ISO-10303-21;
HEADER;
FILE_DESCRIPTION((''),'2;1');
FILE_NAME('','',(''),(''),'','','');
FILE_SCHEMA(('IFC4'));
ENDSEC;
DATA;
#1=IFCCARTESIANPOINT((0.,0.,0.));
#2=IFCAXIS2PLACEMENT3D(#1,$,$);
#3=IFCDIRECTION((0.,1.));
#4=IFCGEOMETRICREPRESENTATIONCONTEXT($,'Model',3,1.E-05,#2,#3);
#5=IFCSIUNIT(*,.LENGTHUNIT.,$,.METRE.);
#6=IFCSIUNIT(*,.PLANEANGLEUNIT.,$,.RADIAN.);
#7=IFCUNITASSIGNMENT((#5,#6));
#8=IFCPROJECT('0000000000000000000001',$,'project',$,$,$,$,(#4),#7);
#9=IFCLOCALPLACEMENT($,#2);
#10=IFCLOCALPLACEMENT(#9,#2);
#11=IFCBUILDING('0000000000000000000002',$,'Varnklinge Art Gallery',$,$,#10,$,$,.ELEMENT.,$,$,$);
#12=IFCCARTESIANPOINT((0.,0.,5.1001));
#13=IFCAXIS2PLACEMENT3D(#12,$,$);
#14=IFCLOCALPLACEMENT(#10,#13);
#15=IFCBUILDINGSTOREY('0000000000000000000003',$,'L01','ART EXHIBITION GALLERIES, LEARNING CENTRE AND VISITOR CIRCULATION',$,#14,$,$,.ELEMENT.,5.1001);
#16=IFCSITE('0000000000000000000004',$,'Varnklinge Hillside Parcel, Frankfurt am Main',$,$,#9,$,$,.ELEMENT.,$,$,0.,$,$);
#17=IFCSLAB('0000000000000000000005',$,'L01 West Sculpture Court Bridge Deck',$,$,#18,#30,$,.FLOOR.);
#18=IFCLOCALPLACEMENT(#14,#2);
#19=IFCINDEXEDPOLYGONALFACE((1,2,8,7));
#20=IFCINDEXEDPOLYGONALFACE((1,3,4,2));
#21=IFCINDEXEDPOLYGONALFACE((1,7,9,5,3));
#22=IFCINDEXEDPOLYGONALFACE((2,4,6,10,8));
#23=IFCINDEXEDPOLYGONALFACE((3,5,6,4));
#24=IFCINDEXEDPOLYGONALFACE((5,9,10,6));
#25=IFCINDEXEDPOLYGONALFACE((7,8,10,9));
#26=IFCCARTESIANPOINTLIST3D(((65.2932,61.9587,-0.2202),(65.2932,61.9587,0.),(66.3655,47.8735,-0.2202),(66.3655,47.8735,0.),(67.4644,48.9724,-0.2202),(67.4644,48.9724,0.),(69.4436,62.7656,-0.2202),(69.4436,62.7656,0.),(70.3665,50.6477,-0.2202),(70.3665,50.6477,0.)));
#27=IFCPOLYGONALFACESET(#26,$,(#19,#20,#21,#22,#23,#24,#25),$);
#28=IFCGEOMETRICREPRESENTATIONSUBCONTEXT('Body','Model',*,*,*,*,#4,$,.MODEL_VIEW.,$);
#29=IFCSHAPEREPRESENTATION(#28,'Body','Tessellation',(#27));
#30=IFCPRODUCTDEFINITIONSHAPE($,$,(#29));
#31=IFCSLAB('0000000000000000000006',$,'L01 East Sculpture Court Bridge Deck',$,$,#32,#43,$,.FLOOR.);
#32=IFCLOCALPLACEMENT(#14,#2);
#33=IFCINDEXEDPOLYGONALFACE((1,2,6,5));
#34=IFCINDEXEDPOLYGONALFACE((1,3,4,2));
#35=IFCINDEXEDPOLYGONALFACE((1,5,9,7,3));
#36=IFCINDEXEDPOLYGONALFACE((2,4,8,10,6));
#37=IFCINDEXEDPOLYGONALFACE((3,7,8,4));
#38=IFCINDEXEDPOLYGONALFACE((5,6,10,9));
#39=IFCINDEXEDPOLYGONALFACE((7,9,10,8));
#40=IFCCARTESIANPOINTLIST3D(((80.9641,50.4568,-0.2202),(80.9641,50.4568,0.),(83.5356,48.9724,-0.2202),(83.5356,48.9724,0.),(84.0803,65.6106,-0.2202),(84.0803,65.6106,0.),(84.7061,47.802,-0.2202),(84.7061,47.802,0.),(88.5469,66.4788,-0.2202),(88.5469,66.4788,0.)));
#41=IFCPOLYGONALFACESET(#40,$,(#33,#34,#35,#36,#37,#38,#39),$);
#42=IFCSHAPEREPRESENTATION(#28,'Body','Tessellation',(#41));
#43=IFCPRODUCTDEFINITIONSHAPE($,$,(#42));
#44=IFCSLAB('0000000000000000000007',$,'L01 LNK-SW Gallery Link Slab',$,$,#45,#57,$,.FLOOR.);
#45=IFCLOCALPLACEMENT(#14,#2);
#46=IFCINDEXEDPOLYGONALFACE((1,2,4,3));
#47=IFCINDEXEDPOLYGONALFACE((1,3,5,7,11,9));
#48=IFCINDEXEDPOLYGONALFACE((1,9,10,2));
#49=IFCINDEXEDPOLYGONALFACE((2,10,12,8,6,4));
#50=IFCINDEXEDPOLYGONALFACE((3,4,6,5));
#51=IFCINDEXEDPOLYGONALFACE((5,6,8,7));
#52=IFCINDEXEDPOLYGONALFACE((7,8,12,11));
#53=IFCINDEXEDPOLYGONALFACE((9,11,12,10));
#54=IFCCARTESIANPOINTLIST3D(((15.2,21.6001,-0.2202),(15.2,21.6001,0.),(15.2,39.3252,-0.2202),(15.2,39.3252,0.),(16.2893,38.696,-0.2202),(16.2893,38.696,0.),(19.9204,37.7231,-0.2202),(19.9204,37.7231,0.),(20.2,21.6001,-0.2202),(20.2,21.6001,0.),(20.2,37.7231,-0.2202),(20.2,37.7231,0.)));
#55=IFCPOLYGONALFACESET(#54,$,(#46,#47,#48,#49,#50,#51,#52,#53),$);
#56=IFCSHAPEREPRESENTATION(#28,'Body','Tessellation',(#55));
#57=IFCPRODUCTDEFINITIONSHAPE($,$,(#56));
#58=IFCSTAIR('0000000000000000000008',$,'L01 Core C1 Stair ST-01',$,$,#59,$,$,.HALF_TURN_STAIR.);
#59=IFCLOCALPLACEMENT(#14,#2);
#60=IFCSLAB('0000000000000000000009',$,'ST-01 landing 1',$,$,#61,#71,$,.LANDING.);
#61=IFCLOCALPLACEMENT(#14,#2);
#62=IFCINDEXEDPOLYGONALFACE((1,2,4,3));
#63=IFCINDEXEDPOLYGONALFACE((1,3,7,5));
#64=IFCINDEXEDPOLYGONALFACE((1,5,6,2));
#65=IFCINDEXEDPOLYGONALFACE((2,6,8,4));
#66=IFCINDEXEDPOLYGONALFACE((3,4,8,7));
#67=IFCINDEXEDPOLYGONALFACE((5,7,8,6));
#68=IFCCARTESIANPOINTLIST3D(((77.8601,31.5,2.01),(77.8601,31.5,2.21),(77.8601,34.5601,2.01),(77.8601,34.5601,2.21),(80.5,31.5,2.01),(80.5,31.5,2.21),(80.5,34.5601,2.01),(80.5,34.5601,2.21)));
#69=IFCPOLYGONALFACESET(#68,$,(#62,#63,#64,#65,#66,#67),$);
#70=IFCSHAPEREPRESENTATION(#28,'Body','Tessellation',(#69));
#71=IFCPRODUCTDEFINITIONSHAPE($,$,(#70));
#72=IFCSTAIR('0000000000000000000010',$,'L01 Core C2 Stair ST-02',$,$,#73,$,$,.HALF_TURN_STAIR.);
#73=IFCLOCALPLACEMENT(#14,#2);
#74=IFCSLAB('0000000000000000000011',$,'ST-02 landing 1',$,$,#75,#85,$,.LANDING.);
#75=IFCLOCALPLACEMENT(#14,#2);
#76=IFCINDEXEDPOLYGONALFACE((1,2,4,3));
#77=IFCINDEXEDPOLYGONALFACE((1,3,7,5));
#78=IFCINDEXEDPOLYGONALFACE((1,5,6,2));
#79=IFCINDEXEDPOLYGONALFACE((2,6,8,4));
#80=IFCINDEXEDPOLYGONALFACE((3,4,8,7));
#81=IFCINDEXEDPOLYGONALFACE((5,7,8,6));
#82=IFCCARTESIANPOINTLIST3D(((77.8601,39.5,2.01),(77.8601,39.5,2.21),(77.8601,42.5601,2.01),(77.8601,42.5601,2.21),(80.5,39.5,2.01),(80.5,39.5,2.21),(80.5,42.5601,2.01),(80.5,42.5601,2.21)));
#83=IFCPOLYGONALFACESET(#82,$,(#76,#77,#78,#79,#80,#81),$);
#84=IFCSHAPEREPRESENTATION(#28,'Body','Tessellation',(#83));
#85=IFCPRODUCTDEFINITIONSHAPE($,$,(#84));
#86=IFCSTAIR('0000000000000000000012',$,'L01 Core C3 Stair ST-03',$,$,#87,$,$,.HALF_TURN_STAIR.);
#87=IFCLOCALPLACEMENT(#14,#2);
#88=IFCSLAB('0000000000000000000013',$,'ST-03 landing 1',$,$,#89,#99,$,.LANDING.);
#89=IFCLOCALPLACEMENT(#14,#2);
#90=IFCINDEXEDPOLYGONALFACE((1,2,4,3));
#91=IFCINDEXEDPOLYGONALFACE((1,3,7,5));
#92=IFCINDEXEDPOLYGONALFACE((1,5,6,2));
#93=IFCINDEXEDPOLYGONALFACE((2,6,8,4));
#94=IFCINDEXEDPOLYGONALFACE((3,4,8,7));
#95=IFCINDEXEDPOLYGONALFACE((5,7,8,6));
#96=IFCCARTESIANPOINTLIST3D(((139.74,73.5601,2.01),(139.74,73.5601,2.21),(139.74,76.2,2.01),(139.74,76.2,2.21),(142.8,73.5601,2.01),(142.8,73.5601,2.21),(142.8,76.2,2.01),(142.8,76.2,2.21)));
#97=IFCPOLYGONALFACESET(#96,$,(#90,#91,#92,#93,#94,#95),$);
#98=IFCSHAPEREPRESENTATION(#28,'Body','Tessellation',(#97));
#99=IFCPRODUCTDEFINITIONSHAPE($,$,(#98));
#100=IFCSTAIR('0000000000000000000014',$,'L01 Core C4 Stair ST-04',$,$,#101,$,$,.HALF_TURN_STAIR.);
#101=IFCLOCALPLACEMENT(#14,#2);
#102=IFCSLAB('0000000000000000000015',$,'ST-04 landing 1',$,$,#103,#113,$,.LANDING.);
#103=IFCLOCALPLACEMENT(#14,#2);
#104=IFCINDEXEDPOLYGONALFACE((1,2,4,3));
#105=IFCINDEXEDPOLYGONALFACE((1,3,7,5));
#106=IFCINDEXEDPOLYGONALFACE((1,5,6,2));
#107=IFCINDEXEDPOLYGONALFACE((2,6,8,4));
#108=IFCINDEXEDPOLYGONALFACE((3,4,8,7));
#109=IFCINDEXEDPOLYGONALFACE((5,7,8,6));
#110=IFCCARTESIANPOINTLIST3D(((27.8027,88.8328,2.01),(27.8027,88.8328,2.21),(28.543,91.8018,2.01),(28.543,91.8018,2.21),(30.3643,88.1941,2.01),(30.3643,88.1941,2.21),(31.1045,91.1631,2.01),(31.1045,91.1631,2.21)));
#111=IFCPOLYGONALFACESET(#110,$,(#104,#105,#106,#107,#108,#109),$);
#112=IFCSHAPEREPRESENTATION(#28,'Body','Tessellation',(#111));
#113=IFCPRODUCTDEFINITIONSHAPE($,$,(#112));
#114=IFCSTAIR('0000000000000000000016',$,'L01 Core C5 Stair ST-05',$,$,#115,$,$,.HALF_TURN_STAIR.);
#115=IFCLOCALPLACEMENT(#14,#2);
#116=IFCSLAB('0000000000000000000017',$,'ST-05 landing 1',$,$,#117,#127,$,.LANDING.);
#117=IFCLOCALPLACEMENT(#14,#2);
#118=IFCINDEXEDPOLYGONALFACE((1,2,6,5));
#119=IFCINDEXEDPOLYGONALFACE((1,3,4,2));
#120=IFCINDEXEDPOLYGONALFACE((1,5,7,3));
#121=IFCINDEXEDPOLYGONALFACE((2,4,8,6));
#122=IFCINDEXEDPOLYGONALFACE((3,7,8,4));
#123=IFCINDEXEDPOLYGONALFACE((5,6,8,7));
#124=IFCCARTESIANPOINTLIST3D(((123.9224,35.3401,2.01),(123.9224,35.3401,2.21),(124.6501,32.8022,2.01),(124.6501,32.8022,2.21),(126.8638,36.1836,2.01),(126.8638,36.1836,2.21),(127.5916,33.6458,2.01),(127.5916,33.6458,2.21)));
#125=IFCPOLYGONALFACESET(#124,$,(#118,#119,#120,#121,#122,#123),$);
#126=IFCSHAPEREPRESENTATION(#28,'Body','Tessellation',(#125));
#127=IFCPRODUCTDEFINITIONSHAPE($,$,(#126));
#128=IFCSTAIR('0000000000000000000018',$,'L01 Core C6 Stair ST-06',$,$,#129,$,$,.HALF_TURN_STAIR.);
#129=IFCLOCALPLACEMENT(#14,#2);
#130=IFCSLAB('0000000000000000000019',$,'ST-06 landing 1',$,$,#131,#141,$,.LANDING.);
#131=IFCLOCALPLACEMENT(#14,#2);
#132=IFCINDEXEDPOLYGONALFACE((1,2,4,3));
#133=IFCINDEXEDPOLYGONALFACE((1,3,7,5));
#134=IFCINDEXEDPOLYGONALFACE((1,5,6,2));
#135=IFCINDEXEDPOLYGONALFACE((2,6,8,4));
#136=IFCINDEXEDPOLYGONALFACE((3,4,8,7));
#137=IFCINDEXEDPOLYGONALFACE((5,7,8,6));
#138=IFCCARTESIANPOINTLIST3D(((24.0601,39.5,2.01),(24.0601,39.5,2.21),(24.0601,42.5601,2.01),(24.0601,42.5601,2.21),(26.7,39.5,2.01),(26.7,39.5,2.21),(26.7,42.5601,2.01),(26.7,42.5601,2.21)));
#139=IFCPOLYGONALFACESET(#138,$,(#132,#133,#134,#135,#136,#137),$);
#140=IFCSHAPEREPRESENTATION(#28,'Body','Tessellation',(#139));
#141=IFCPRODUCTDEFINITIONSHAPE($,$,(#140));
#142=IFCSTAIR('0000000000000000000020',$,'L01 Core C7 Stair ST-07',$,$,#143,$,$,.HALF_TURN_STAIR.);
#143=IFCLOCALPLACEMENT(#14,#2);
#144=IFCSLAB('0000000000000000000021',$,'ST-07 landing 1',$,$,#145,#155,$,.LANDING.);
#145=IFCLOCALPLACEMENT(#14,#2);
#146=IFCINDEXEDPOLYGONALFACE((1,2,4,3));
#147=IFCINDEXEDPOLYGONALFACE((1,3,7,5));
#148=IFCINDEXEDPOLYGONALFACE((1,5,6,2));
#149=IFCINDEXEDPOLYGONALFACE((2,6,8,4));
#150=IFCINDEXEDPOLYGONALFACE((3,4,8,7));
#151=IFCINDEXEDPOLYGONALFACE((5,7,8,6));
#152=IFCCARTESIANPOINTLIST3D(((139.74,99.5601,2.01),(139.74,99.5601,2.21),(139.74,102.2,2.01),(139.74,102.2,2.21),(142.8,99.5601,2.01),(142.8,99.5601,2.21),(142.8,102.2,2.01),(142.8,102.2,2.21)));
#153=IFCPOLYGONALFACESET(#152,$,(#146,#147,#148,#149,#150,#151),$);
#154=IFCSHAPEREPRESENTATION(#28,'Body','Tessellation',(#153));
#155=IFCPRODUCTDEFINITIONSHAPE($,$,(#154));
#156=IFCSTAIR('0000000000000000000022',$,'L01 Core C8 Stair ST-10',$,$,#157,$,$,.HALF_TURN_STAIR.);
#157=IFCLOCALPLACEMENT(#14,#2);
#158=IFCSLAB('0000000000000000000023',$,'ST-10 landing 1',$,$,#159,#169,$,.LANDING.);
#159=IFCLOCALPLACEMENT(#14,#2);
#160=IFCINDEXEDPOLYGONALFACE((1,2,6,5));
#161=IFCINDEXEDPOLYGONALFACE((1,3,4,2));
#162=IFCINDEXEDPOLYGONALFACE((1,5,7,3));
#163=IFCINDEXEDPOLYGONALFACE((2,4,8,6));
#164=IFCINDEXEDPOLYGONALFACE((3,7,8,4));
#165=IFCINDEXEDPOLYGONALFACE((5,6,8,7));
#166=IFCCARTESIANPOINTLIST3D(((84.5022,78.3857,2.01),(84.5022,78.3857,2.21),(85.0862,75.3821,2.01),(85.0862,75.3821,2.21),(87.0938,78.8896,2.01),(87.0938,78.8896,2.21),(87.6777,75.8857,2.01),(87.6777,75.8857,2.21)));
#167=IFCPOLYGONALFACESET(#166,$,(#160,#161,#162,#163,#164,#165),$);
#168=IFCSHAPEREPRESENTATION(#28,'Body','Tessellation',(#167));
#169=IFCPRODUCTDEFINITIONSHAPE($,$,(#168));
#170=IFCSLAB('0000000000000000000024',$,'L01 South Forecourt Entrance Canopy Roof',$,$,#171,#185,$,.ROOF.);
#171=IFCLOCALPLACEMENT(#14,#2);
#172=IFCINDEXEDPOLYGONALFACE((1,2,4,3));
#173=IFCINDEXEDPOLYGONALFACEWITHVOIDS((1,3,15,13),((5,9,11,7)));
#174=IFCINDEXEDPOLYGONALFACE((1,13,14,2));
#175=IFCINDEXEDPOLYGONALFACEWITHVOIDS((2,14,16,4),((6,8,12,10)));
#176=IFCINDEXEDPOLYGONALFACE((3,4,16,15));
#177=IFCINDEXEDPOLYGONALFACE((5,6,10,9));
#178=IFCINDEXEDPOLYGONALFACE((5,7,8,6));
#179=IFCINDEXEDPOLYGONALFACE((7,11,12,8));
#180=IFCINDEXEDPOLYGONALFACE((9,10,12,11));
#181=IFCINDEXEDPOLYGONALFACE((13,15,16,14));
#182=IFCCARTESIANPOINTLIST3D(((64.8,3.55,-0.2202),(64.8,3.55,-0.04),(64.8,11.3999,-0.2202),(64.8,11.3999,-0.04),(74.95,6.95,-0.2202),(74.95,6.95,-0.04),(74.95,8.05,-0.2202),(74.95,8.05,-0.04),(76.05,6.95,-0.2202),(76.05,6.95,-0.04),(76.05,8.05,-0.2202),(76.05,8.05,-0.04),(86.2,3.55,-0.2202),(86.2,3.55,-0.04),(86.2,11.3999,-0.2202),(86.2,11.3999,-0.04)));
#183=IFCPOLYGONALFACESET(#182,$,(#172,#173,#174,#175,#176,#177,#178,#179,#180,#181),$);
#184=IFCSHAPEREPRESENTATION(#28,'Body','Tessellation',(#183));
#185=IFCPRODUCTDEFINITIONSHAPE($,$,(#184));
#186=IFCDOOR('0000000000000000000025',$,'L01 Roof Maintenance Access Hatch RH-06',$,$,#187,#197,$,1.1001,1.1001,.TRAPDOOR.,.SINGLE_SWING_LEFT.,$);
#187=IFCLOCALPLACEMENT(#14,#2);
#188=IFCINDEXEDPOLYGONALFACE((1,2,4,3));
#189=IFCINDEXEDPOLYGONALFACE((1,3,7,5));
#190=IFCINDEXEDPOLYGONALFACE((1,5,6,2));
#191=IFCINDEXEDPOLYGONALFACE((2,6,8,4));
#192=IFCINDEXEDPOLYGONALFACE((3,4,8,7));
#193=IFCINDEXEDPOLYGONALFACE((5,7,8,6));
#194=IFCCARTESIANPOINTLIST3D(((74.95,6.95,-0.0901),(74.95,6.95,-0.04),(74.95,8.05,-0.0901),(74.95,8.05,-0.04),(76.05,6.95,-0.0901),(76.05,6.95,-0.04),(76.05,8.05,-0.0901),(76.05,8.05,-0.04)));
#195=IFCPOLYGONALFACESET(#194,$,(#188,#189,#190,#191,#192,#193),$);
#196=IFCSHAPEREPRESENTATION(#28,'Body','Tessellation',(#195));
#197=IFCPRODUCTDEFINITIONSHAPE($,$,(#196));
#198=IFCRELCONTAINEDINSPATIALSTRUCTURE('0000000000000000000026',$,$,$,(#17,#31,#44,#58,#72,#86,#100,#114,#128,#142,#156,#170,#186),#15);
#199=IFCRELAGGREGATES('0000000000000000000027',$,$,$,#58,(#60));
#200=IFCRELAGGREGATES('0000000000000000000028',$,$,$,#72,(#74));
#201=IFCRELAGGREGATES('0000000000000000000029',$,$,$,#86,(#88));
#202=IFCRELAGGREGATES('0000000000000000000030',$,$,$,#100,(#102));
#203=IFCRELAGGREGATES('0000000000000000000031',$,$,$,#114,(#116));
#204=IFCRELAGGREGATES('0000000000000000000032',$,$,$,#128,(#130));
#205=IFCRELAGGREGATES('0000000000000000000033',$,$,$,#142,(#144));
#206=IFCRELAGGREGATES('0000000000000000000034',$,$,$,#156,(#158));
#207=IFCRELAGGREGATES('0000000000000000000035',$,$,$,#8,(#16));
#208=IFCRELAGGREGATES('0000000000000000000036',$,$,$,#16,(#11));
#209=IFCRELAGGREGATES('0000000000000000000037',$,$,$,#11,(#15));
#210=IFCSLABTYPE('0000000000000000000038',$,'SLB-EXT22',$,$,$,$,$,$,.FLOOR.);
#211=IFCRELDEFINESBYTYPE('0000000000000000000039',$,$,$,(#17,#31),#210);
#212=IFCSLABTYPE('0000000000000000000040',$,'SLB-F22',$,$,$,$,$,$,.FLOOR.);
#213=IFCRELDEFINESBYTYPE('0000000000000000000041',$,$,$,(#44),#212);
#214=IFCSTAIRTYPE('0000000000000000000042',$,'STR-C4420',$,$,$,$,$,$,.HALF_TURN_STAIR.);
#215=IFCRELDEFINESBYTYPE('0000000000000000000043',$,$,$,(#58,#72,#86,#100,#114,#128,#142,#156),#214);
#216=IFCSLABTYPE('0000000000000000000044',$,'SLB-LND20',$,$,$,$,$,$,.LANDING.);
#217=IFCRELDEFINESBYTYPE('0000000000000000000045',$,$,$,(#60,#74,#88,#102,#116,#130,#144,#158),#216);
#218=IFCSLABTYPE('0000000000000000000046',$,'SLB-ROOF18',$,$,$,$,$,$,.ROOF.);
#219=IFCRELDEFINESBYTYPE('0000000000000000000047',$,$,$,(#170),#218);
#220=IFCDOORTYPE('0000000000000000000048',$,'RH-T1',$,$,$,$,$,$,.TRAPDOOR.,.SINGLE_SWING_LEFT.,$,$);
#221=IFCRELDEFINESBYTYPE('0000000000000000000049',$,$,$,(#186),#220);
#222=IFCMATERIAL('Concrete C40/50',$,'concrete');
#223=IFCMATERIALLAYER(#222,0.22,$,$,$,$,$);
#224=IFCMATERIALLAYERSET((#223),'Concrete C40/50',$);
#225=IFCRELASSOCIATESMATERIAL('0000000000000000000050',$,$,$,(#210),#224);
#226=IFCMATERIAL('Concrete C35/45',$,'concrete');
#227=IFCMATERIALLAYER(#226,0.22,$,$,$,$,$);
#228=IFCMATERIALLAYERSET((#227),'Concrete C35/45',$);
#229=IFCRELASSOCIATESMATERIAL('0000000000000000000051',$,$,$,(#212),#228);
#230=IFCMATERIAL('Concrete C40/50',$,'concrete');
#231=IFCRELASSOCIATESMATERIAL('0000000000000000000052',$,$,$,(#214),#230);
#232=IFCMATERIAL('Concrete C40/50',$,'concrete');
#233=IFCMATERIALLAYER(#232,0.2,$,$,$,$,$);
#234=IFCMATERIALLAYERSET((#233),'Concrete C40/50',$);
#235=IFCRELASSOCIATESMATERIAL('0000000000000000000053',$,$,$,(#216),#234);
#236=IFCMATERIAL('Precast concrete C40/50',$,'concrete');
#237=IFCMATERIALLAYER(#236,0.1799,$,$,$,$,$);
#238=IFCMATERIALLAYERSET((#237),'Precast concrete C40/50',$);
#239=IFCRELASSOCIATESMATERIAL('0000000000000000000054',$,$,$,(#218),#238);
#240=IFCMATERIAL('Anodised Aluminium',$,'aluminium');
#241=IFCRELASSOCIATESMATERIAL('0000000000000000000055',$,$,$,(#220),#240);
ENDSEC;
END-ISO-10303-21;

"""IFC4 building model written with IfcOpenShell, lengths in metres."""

from ifc_helpers import new_model, si_unit, direction, frame, origin, origin_2d, place, context, subcontext, project, spatial, polyline, rectangle, outline, extrude, material, layer, layer_set, type_object, element, fill, aggregate, save


model = new_model("IFC4")

# Units and contexts
model_context = context("Model", 3, precision=1e-05, world=origin(), true_north=direction((0.0, 1.0)))
body_context = subcontext(model_context, "Body", "Model", "MODEL_VIEW")
ifc_project = project(units=[si_unit("LENGTHUNIT", "METRE"), si_unit("PLANEANGLEUNIT", "RADIAN")], contexts=[model_context])

# Site, building, storey
site_placement = place(None, origin())
site = spatial("IfcSite", under=ifc_project, at=site_placement, Name="Varnklinge Hillside Parcel, Frankfurt am Main", CompositionType="ELEMENT", RefElevation=0.0)
building_placement = place(site_placement, origin())
building = spatial("IfcBuilding", under=site, at=building_placement, Name="Varnklinge Art Gallery", CompositionType="ELEMENT")
storey_placement = place(building_placement, frame((0.0, 0.0, 5.1001)))
storey = spatial("IfcBuildingStorey", under=building, at=storey_placement, Name="L01", Description="ART EXHIBITION GALLERIES, LEARNING CENTRE AND VISITOR CIRCULATION", CompositionType="ELEMENT", Elevation=5.1001)

# Slabs
ifc_material_1 = material(Name="Concrete C40/50", Category="concrete")
ifc_layer_1 = layer(ifc_material_1, 0.22)
ifc_layer_set_1 = layer_set([ifc_layer_1], Name="Concrete C40/50")
slab_type_1 = type_object("IfcSlabType", Name="SLB-EXT22", PredefinedType="FLOOR", material=ifc_layer_set_1)
slab_1_placement = place(storey_placement, frame((0.0, 0.0, -0.2202)))
element("IfcSlab", 1, at=slab_1_placement, inside=storey, type_object=slab_type_1, Name="L01 West Sculpture Court Bridge Deck", PredefinedType="FLOOR", context=body_context, shape_type="SweptSolid", body=[
    extrude(outline(polyline([(69.4436, 62.7656), (65.2932, 61.9587), (66.3655, 47.8735), (67.4644, 48.9724), (70.3665, 50.6477), (69.4436, 62.7656)])), origin(), (0.0, 0.0, 1.0), 0.2202),
])
slab_2_placement = place(storey_placement, frame((0.0, 0.0, -0.2202)))
element("IfcSlab", 2, at=slab_2_placement, inside=storey, type_object=slab_type_1, Name="L01 East Sculpture Court Bridge Deck", PredefinedType="FLOOR", context=body_context, shape_type="SweptSolid", body=[
    extrude(outline(polyline([(84.7061, 47.802), (88.5469, 66.4788), (84.0803, 65.6106), (80.9641, 50.4568), (83.5356, 48.9724), (84.7061, 47.802)])), origin(), (0.0, 0.0, 1.0), 0.2202),
])
ifc_material_2 = material(Name="Concrete C35/45", Category="concrete")
ifc_layer_2 = layer(ifc_material_2, 0.22)
ifc_layer_set_2 = layer_set([ifc_layer_2], Name="Concrete C35/45")
slab_type_2 = type_object("IfcSlabType", Name="SLB-F22", PredefinedType="FLOOR", material=ifc_layer_set_2)
slab_3_placement = place(storey_placement, frame((0.0, 0.0, -0.2202)))
element("IfcSlab", 3, at=slab_3_placement, inside=storey, type_object=slab_type_2, Name="L01 LNK-SW Gallery Link Slab", PredefinedType="FLOOR", context=body_context, shape_type="SweptSolid", body=[
    extrude(outline(polyline([(20.2, 37.7231), (19.9204, 37.7231), (16.2893, 38.696), (15.2, 39.3252), (15.2, 21.6001), (20.2, 21.6001), (20.2, 37.7231)])), origin(), (0.0, 0.0, 1.0), 0.2202),
])

# Stairs, slabs
ifc_material_3 = material(Name="Concrete C40/50", Category="concrete")
stair_type = type_object("IfcStairType", Name="STR-C4420", PredefinedType="HALF_TURN_STAIR", material=ifc_material_3)
stair_1_placement = place(storey_placement, origin())
stair_1 = element("IfcStair", 4, at=stair_1_placement, inside=storey, type_object=stair_type, Name="L01 Core C1 Stair ST-01", PredefinedType="HALF_TURN_STAIR")
ifc_material_4 = material(Name="Concrete C40/50", Category="concrete")
ifc_layer_3 = layer(ifc_material_4, 0.2)
ifc_layer_set_3 = layer_set([ifc_layer_3], Name="Concrete C40/50")
slab_type_3 = type_object("IfcSlabType", Name="SLB-LND20", PredefinedType="LANDING", material=ifc_layer_set_3)
slab_4_placement = place(storey_placement, frame((0.0, 0.0, 2.01)))
slab_4 = element("IfcSlab", 5, at=slab_4_placement, type_object=slab_type_3, Name="ST-01 landing 1", PredefinedType="LANDING", context=body_context, shape_type="SweptSolid", body=[
    extrude(outline(polyline([(77.8601, 31.5), (80.5, 31.5), (80.5, 34.5601), (77.8601, 34.5601), (77.8601, 31.5)])), origin(), (0.0, 0.0, 1.0), 0.2),
])
aggregate(stair_1, [slab_4])
stair_2_placement = place(storey_placement, origin())
stair_2 = element("IfcStair", 6, at=stair_2_placement, inside=storey, type_object=stair_type, Name="L01 Core C2 Stair ST-02", PredefinedType="HALF_TURN_STAIR")
slab_5_placement = place(storey_placement, frame((0.0, 0.0, 2.01)))
slab_5 = element("IfcSlab", 7, at=slab_5_placement, type_object=slab_type_3, Name="ST-02 landing 1", PredefinedType="LANDING", context=body_context, shape_type="SweptSolid", body=[
    extrude(outline(polyline([(77.8601, 39.5), (80.5, 39.5), (80.5, 42.5601), (77.8601, 42.5601), (77.8601, 39.5)])), origin(), (0.0, 0.0, 1.0), 0.2),
])
aggregate(stair_2, [slab_5])
stair_3_placement = place(storey_placement, origin())
stair_3 = element("IfcStair", 8, at=stair_3_placement, inside=storey, type_object=stair_type, Name="L01 Core C3 Stair ST-03", PredefinedType="HALF_TURN_STAIR")
slab_6_placement = place(storey_placement, frame((0.0, 0.0, 2.01)))
slab_6 = element("IfcSlab", 9, at=slab_6_placement, type_object=slab_type_3, Name="ST-03 landing 1", PredefinedType="LANDING", context=body_context, shape_type="SweptSolid", body=[
    extrude(outline(polyline([(142.8, 73.5601), (142.8, 76.2), (139.74, 76.2), (139.74, 73.5601), (142.8, 73.5601)])), origin(), (0.0, 0.0, 1.0), 0.2),
])
aggregate(stair_3, [slab_6])
stair_4_placement = place(storey_placement, origin())
stair_4 = element("IfcStair", 10, at=stair_4_placement, inside=storey, type_object=stair_type, Name="L01 Core C4 Stair ST-04", PredefinedType="HALF_TURN_STAIR")
slab_7_placement = place(storey_placement, frame((0.0, 0.0, 2.01)))
slab_7 = element("IfcSlab", 11, at=slab_7_placement, type_object=slab_type_3, Name="ST-04 landing 1", PredefinedType="LANDING", context=body_context, shape_type="SweptSolid", body=[
    extrude(outline(polyline([(27.8027, 88.8328), (30.3643, 88.1941), (31.1045, 91.1631), (28.543, 91.8018), (27.8027, 88.8328)])), origin(), (0.0, 0.0, 1.0), 0.2),
])
aggregate(stair_4, [slab_7])
stair_5_placement = place(storey_placement, origin())
stair_5 = element("IfcStair", 12, at=stair_5_placement, inside=storey, type_object=stair_type, Name="L01 Core C5 Stair ST-05", PredefinedType="HALF_TURN_STAIR")
slab_8_placement = place(storey_placement, frame((0.0, 0.0, 2.01)))
slab_8 = element("IfcSlab", 13, at=slab_8_placement, type_object=slab_type_3, Name="ST-05 landing 1", PredefinedType="LANDING", context=body_context, shape_type="SweptSolid", body=[
    extrude(outline(polyline([(127.5916, 33.6458), (126.8638, 36.1836), (123.9224, 35.3401), (124.6501, 32.8022), (127.5916, 33.6458)])), origin(), (0.0, 0.0, 1.0), 0.2),
])
aggregate(stair_5, [slab_8])
stair_6_placement = place(storey_placement, origin())
stair_6 = element("IfcStair", 14, at=stair_6_placement, inside=storey, type_object=stair_type, Name="L01 Core C6 Stair ST-06", PredefinedType="HALF_TURN_STAIR")
slab_9_placement = place(storey_placement, frame((0.0, 0.0, 2.01)))
slab_9 = element("IfcSlab", 15, at=slab_9_placement, type_object=slab_type_3, Name="ST-06 landing 1", PredefinedType="LANDING", context=body_context, shape_type="SweptSolid", body=[
    extrude(outline(polyline([(24.0601, 39.5), (26.7, 39.5), (26.7, 42.5601), (24.0601, 42.5601), (24.0601, 39.5)])), origin(), (0.0, 0.0, 1.0), 0.2),
])
aggregate(stair_6, [slab_9])
stair_7_placement = place(storey_placement, origin())
stair_7 = element("IfcStair", 16, at=stair_7_placement, inside=storey, type_object=stair_type, Name="L01 Core C7 Stair ST-07", PredefinedType="HALF_TURN_STAIR")
slab_10_placement = place(storey_placement, frame((0.0, 0.0, 2.01)))
slab_10 = element("IfcSlab", 17, at=slab_10_placement, type_object=slab_type_3, Name="ST-07 landing 1", PredefinedType="LANDING", context=body_context, shape_type="SweptSolid", body=[
    extrude(outline(polyline([(142.8, 99.5601), (142.8, 102.2), (139.74, 102.2), (139.74, 99.5601), (142.8, 99.5601)])), origin(), (0.0, 0.0, 1.0), 0.2),
])
aggregate(stair_7, [slab_10])
stair_8_placement = place(storey_placement, origin())
stair_8 = element("IfcStair", 18, at=stair_8_placement, inside=storey, type_object=stair_type, Name="L01 Core C8 Stair ST-10", PredefinedType="HALF_TURN_STAIR")
slab_11_placement = place(storey_placement, frame((0.0, 0.0, 2.01)))
slab_11 = element("IfcSlab", 19, at=slab_11_placement, type_object=slab_type_3, Name="ST-10 landing 1", PredefinedType="LANDING", context=body_context, shape_type="SweptSolid", body=[
    extrude(outline(polyline([(85.0862, 75.3821), (87.6777, 75.8857), (87.0938, 78.8896), (84.5022, 78.3857), (85.0862, 75.3821)])), origin(), (0.0, 0.0, 1.0), 0.2),
])
aggregate(stair_8, [slab_11])

# Slab, opening, door
ifc_material_5 = material(Name="Precast concrete C40/50", Category="concrete")
ifc_layer_4 = layer(ifc_material_5, 0.1799)
ifc_layer_set_4 = layer_set([ifc_layer_4], Name="Precast concrete C40/50")
slab_type_4 = type_object("IfcSlabType", Name="SLB-ROOF18", PredefinedType="ROOF", material=ifc_layer_set_4)
slab_12_placement = place(storey_placement, frame((0.0, 0.0, -0.2202)))
slab_12 = element("IfcSlab", 20, at=slab_12_placement, inside=storey, type_object=slab_type_4, Name="L01 South Forecourt Entrance Canopy Roof", PredefinedType="ROOF", context=body_context, shape_type="SweptSolid", body=[
    extrude(outline(polyline([(64.8, 3.55), (86.2, 3.55), (86.2, 11.3999), (64.8, 11.3999), (64.8, 3.55)]), holes=[polyline([(74.95, 6.95), (74.95, 8.05), (76.05, 8.05), (76.05, 6.95), (74.95, 6.95)])]), origin(), (0.0, 0.0, 1.0), 0.1802),
])
opening_placement = place(slab_12_placement, frame((75.5, 7.5, 0.0)))
opening = element("IfcOpeningElement", 21, at=opening_placement, cuts=slab_12, PredefinedType="OPENING", context=body_context, shape_type="SweptSolid", body=[
    extrude(rectangle(XDim=1.1001, YDim=1.1001, at=origin_2d()), origin(), (0.0, 0.0, 1.0), 0.1802),
])
ifc_material_6 = material(Name="Anodised Aluminium", Category="aluminium")
door_type = type_object("IfcDoorType", Name="RH-T1", OperationType="SINGLE_SWING_LEFT", PredefinedType="TRAPDOOR", material=ifc_material_6)
door_placement = place(opening_placement, frame((0.0, 0.0, 0.1301)))
door = element("IfcDoor", 22, at=door_placement, inside=storey, type_object=door_type, Name="L01 Roof Maintenance Access Hatch RH-06", OperationType="SINGLE_SWING_LEFT", OverallHeight=1.1001, OverallWidth=1.1001, PredefinedType="TRAPDOOR", context=body_context, shape_type="SweptSolid", body=[
    extrude(rectangle(XDim=1.1001, YDim=1.1001, at=origin_2d()), origin(), (0.0, 0.0, 1.0), 0.05),
])
fill(opening, door)

save(model, "model.ifc")
